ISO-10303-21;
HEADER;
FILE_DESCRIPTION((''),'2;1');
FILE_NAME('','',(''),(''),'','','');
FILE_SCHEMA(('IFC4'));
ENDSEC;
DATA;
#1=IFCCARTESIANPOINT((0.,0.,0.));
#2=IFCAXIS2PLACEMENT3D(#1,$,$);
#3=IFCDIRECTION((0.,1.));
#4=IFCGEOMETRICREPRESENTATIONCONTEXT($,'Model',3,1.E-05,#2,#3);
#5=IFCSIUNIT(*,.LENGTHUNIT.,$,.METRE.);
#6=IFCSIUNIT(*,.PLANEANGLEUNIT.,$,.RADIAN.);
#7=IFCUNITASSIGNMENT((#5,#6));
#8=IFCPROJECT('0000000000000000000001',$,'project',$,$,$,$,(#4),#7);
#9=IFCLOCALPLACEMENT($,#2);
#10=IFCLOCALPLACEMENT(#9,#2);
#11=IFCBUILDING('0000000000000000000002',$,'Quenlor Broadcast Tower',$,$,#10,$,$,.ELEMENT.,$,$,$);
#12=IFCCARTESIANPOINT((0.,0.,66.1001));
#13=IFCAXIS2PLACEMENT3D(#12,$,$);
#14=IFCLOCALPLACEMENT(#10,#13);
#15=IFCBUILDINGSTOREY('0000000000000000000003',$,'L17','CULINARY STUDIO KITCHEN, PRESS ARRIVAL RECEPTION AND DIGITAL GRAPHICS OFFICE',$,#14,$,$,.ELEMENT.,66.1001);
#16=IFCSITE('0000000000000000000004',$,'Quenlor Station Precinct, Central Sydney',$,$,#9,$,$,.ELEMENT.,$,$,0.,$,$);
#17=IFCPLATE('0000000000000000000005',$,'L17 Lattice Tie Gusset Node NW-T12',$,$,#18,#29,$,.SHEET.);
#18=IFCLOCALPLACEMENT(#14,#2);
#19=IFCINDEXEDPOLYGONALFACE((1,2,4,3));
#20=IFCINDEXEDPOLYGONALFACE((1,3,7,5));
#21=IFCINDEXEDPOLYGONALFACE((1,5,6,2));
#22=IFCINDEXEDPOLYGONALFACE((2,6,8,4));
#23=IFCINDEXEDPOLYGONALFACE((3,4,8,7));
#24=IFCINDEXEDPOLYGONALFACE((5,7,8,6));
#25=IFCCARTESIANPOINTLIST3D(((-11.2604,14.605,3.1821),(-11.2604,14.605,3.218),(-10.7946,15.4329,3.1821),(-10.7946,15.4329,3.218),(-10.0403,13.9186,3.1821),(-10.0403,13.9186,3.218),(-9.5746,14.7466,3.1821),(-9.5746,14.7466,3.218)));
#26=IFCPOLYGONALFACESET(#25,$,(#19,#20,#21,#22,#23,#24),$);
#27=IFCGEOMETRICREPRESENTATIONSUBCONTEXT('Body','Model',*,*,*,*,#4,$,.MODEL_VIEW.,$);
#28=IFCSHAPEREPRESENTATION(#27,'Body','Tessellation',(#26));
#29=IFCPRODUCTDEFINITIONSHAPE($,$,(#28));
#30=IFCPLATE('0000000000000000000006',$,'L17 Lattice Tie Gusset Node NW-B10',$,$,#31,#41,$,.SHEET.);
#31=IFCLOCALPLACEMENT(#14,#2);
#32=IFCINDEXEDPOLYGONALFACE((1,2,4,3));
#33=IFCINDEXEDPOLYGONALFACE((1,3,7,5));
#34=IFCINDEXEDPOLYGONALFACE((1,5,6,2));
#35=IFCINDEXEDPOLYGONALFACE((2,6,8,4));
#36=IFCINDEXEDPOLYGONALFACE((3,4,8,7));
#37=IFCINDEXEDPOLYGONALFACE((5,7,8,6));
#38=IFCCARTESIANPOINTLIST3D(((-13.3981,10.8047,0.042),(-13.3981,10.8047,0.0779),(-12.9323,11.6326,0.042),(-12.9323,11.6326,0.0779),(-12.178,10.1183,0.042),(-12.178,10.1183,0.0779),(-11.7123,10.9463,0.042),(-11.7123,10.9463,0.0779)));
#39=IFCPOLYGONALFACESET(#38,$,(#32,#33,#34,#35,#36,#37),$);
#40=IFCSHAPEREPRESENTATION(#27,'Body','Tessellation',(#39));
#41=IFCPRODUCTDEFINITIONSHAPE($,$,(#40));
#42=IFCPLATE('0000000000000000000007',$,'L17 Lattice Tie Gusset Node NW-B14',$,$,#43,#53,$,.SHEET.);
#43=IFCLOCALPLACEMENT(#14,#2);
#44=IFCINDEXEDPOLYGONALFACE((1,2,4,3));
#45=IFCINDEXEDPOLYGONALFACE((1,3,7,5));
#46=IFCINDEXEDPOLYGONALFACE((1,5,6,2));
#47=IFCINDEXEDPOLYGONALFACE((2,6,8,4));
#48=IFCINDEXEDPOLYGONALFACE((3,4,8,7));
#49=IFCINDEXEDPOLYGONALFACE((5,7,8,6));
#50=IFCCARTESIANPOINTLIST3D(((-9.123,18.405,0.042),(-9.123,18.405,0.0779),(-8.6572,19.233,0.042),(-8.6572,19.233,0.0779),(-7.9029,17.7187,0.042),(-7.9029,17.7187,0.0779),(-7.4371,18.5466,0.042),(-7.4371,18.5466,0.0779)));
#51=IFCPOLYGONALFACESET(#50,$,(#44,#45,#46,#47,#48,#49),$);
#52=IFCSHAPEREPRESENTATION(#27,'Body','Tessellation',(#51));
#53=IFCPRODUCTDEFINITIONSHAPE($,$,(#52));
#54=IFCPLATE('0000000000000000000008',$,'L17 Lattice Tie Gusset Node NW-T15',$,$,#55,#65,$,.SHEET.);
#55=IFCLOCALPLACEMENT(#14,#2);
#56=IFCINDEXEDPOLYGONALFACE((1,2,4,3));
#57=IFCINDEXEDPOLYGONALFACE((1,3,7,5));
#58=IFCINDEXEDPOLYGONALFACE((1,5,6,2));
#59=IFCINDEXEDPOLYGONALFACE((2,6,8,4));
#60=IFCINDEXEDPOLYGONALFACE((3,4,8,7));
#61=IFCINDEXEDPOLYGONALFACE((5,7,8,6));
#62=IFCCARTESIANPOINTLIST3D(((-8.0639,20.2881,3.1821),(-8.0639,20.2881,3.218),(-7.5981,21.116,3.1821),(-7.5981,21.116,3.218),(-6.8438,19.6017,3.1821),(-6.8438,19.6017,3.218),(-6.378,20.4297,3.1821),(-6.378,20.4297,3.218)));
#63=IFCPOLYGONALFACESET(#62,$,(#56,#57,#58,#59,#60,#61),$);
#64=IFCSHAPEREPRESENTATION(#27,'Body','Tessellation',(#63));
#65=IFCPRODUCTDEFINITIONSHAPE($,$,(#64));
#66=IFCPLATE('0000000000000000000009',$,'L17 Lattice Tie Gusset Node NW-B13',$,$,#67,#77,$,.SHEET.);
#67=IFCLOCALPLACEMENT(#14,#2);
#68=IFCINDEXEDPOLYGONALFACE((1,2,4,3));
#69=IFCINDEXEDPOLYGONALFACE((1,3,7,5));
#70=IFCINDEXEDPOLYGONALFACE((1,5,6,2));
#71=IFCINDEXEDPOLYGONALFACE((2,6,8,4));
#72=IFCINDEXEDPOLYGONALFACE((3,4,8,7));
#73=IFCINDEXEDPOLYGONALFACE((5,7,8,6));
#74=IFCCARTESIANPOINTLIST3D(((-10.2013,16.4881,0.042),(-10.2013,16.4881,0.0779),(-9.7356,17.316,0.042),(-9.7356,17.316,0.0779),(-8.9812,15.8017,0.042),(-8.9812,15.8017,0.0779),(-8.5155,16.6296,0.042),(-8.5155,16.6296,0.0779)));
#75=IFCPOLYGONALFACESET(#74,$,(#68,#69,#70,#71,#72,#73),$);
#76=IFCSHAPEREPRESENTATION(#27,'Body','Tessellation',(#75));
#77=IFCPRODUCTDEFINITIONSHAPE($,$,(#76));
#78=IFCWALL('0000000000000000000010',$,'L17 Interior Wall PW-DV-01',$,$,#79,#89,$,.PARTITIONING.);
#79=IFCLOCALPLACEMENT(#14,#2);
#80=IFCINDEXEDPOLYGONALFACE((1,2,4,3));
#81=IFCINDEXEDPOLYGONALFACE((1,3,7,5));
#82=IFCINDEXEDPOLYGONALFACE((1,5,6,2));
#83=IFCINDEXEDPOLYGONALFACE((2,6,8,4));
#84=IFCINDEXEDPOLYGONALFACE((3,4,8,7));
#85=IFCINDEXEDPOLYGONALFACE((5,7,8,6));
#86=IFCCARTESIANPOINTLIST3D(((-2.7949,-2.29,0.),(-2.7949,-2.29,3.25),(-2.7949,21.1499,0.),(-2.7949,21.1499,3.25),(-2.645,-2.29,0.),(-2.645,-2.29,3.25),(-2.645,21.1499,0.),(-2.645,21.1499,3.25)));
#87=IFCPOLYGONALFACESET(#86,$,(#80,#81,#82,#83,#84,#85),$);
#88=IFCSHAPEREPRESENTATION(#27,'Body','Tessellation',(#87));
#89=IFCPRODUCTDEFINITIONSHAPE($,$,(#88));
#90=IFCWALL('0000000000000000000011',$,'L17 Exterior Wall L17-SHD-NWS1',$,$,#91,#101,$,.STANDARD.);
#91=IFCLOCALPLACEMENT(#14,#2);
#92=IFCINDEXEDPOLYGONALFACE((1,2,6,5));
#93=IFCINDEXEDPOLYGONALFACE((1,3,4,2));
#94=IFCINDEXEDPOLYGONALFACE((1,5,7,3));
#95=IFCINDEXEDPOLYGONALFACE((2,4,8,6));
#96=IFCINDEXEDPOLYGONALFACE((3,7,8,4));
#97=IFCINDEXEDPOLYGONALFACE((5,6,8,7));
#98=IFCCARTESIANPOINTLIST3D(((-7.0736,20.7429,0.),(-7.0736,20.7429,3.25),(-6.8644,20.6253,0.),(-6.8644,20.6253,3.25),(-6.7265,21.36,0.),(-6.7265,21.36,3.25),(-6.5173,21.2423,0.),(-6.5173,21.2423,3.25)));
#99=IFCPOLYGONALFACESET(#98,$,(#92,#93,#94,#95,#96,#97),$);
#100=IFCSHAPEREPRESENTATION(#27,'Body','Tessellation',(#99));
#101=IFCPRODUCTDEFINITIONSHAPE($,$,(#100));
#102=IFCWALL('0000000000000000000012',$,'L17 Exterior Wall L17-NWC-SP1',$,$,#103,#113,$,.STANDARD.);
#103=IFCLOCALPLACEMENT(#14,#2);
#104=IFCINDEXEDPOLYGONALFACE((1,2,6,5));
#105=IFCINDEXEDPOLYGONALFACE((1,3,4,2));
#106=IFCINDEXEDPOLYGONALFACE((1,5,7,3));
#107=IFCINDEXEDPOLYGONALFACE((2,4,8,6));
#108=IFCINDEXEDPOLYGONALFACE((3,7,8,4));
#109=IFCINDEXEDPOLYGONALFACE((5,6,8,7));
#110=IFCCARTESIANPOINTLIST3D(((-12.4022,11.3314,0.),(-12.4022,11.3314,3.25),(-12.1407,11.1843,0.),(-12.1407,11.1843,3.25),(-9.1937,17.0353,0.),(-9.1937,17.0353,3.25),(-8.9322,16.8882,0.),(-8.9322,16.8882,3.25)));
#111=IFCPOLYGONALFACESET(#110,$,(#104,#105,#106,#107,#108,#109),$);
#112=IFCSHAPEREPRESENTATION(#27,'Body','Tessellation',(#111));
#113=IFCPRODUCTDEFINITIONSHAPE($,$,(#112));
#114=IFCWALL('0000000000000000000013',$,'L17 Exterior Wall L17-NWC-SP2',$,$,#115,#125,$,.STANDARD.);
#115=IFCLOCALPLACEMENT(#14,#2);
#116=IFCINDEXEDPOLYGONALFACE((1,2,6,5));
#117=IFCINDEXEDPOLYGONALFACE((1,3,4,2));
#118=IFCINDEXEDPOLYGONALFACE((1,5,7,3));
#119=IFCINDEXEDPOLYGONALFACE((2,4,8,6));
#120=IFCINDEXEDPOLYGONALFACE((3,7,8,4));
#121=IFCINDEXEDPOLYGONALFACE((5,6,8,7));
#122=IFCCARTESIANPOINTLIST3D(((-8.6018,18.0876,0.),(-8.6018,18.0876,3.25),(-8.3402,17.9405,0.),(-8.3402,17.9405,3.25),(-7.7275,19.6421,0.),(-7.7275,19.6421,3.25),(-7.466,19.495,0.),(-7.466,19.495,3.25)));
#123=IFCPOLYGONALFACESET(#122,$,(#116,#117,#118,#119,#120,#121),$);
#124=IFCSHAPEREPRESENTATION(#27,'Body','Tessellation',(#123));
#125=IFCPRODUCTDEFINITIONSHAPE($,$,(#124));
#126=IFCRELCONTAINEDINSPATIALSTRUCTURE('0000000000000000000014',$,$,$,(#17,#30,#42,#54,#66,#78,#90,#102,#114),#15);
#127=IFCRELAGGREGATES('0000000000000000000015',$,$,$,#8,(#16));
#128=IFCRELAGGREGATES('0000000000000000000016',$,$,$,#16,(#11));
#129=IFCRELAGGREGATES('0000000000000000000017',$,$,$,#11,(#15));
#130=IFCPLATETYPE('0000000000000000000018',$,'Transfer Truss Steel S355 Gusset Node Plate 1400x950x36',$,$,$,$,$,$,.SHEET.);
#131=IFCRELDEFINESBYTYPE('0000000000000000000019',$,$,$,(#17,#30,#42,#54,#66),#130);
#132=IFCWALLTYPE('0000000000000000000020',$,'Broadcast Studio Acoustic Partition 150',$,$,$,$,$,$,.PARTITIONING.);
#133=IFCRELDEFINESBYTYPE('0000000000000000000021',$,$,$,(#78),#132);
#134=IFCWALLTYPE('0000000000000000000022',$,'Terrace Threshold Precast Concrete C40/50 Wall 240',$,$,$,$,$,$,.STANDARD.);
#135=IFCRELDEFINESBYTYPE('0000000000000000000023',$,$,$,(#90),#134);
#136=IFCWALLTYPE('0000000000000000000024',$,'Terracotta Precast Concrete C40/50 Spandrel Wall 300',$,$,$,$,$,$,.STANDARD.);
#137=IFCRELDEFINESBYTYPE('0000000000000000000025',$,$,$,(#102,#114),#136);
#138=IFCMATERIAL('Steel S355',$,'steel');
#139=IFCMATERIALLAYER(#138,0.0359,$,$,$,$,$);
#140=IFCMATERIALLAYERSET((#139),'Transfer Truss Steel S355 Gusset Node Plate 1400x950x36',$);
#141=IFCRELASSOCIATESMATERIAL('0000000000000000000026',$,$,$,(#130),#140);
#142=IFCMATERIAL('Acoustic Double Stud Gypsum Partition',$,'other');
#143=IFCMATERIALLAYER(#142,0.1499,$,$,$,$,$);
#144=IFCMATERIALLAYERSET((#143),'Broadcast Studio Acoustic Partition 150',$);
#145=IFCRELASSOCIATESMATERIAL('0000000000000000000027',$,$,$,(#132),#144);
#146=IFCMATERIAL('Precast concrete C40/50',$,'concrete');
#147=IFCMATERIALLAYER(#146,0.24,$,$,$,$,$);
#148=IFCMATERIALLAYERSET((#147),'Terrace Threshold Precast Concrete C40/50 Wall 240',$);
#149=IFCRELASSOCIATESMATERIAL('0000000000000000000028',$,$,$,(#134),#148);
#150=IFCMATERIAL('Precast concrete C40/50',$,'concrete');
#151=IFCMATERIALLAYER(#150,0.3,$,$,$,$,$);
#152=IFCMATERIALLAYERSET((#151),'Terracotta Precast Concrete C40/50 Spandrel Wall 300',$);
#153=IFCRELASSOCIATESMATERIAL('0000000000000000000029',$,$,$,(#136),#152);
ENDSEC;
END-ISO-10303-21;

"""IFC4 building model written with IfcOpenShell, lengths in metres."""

from ifc_helpers import new_model, si_unit, direction, frame, frame_2d, origin, origin_2d, place, context, subcontext, project, spatial, rectangle, extrude, material, layer, layer_set, type_object, element, save


model = new_model("IFC4")

# Units and contexts
model_context = context("Model", 3, precision=1e-05, world=origin(), true_north=direction((0.0, 1.0)))
body_context = subcontext(model_context, "Body", "Model", "MODEL_VIEW")
ifc_project = project(units=[si_unit("LENGTHUNIT", "METRE"), si_unit("PLANEANGLEUNIT", "RADIAN")], contexts=[model_context])

# Site, building, storey
site_placement = place(None, origin())
site = spatial("IfcSite", under=ifc_project, at=site_placement, Name="Quenlor Station Precinct, Central Sydney", CompositionType="ELEMENT", RefElevation=0.0)
building_placement = place(site_placement, origin())
building = spatial("IfcBuilding", under=site, at=building_placement, Name="Quenlor Broadcast Tower", CompositionType="ELEMENT")
storey_placement = place(building_placement, frame((0.0, 0.0, 66.1001)))
storey = spatial("IfcBuildingStorey", under=building, at=storey_placement, Name="L17", Description="CULINARY STUDIO KITCHEN, PRESS ARRIVAL RECEPTION AND DIGITAL GRAPHICS OFFICE", CompositionType="ELEMENT", Elevation=66.1001)

# Plates
ifc_material_1 = material(Name="Steel S355", Category="steel")
ifc_layer_1 = layer(ifc_material_1, 0.0359)
ifc_layer_set_1 = layer_set([ifc_layer_1], Name="Transfer Truss Steel S355 Gusset Node Plate 1400x950x36")
plate_type_1 = type_object("IfcPlateType", Name="Transfer Truss Steel S355 Gusset Node Plate 1400x950x36", PredefinedType="SHEET", material=ifc_layer_set_1)
for number, where, z_axis, x_axis, name in (
    (1, (-10.4175, 14.6758, 3.1821), (0.0, 0.0, 1.0), (-0.871556, 0.490295, 0.0), "L17 Lattice Tie Gusset Node NW-T12"),
    (2, (-12.5552, 10.8755, 0.042), (0.0, 0.0, 1.0), (-0.871556, 0.490295, 0.0), "L17 Lattice Tie Gusset Node NW-B10"),
    (3, (-8.28, 18.4758, 0.042), (0.0, 0.0, 1.0), (-0.871556, 0.490295, 0.0), "L17 Lattice Tie Gusset Node NW-B14"),
    (4, (-7.2209, 20.3589, 3.1821), (0.0, 0.0, 1.0), (-0.871556, 0.490295, 0.0), "L17 Lattice Tie Gusset Node NW-T15"),
    (5, (-9.3584, 16.5588, 0.042), (0.0, 0.0, 1.0), (-0.871556, 0.490295, 0.0), "L17 Lattice Tie Gusset Node NW-B13"),
):
    element("IfcPlate", number, at=place(storey_placement, frame(where, z_axis=z_axis, x_axis=x_axis)), inside=storey, type_object=plate_type_1, Name=name, PredefinedType="SHEET", context=body_context, shape_type="SweptSolid", body=[
        extrude(rectangle(XDim=1.3999, YDim=0.95, at=origin_2d()), origin(), (0.0, 0.0, 1.0), 0.0359),
    ])

# Walls
ifc_material_2 = material(Name="Acoustic Double Stud Gypsum Partition", Category="other")
ifc_layer_2 = layer(ifc_material_2, 0.1499)
ifc_layer_set_2 = layer_set([ifc_layer_2], Name="Broadcast Studio Acoustic Partition 150")
wall_type_1 = type_object("IfcWallType", Name="Broadcast Studio Acoustic Partition 150", PredefinedType="PARTITIONING", material=ifc_layer_set_2)
wall_1_placement = place(storey_placement, frame((-2.72, 21.1499, 0.0), z_axis=(0.0, 0.0, 1.0), x_axis=(0.0, -1.0, 0.0)))
element("IfcWall", 6, at=wall_1_placement, inside=storey, type_object=wall_type_1, Name="L17 Interior Wall PW-DV-01", PredefinedType="PARTITIONING", context=body_context, shape_type="SweptSolid", body=[
    extrude(rectangle(XDim=23.4399, YDim=0.1499, at=frame_2d((11.72, 0.0))), origin(), (0.0, 0.0, 1.0), 3.25),
])
ifc_material_3 = material(Name="Precast concrete C40/50", Category="concrete")
ifc_layer_3 = layer(ifc_material_3, 0.24)
ifc_layer_set_3 = layer_set([ifc_layer_3], Name="Terrace Threshold Precast Concrete C40/50 Wall 240")
wall_type_2 = type_object("IfcWallType", Name="Terrace Threshold Precast Concrete C40/50 Wall 240", PredefinedType="STANDARD", material=ifc_layer_set_3)
wall_2_placement = place(storey_placement, frame((-6.969, 20.6841, 0.0), z_axis=(0.0, 0.0, 1.0), x_axis=(0.490261, 0.871576, 0.0)))
element("IfcWall", 7, at=wall_2_placement, inside=storey, type_object=wall_type_2, Name="L17 Exterior Wall L17-SHD-NWS1", PredefinedType="STANDARD", context=body_context, shape_type="SweptSolid", body=[
    extrude(rectangle(XDim=0.708, YDim=0.24, at=frame_2d((0.354, 0.0))), origin(), (0.0, 0.0, 1.0), 3.25),
])
ifc_material_4 = material(Name="Precast concrete C40/50", Category="concrete")
ifc_layer_4 = layer(ifc_material_4, 0.3)
ifc_layer_set_4 = layer_set([ifc_layer_4], Name="Terracotta Precast Concrete C40/50 Spandrel Wall 300")
wall_type_3 = type_object("IfcWallType", Name="Terracotta Precast Concrete C40/50 Spandrel Wall 300", PredefinedType="STANDARD", material=ifc_layer_set_4)
wall_3_placement = place(storey_placement, frame((-12.2715, 11.2578, 0.0), z_axis=(0.0, 0.0, 1.0), x_axis=(0.49027, 0.871571, 0.0)))
element("IfcWall", 8, at=wall_3_placement, inside=storey, type_object=wall_type_3, Name="L17 Exterior Wall L17-NWC-SP1", PredefinedType="STANDARD", context=body_context, shape_type="SweptSolid", body=[
    extrude(rectangle(XDim=6.5444, YDim=0.3, at=frame_2d((3.2722, 0.0))), origin(), (0.0, 0.0, 1.0), 3.25),
])
wall_4_placement = place(storey_placement, frame((-8.4709, 18.0142, 0.0), z_axis=(0.0, 0.0, 1.0), x_axis=(0.490216, 0.871601, 0.0)))
element("IfcWall", 9, at=wall_4_placement, inside=storey, type_object=wall_type_3, Name="L17 Exterior Wall L17-NWC-SP2", PredefinedType="STANDARD", context=body_context, shape_type="SweptSolid", body=[
    extrude(rectangle(XDim=1.7834, YDim=0.3, at=frame_2d((0.8916, 0.0))), origin(), (0.0, 0.0, 1.0), 3.25),
])

save(model, "model.ifc")
